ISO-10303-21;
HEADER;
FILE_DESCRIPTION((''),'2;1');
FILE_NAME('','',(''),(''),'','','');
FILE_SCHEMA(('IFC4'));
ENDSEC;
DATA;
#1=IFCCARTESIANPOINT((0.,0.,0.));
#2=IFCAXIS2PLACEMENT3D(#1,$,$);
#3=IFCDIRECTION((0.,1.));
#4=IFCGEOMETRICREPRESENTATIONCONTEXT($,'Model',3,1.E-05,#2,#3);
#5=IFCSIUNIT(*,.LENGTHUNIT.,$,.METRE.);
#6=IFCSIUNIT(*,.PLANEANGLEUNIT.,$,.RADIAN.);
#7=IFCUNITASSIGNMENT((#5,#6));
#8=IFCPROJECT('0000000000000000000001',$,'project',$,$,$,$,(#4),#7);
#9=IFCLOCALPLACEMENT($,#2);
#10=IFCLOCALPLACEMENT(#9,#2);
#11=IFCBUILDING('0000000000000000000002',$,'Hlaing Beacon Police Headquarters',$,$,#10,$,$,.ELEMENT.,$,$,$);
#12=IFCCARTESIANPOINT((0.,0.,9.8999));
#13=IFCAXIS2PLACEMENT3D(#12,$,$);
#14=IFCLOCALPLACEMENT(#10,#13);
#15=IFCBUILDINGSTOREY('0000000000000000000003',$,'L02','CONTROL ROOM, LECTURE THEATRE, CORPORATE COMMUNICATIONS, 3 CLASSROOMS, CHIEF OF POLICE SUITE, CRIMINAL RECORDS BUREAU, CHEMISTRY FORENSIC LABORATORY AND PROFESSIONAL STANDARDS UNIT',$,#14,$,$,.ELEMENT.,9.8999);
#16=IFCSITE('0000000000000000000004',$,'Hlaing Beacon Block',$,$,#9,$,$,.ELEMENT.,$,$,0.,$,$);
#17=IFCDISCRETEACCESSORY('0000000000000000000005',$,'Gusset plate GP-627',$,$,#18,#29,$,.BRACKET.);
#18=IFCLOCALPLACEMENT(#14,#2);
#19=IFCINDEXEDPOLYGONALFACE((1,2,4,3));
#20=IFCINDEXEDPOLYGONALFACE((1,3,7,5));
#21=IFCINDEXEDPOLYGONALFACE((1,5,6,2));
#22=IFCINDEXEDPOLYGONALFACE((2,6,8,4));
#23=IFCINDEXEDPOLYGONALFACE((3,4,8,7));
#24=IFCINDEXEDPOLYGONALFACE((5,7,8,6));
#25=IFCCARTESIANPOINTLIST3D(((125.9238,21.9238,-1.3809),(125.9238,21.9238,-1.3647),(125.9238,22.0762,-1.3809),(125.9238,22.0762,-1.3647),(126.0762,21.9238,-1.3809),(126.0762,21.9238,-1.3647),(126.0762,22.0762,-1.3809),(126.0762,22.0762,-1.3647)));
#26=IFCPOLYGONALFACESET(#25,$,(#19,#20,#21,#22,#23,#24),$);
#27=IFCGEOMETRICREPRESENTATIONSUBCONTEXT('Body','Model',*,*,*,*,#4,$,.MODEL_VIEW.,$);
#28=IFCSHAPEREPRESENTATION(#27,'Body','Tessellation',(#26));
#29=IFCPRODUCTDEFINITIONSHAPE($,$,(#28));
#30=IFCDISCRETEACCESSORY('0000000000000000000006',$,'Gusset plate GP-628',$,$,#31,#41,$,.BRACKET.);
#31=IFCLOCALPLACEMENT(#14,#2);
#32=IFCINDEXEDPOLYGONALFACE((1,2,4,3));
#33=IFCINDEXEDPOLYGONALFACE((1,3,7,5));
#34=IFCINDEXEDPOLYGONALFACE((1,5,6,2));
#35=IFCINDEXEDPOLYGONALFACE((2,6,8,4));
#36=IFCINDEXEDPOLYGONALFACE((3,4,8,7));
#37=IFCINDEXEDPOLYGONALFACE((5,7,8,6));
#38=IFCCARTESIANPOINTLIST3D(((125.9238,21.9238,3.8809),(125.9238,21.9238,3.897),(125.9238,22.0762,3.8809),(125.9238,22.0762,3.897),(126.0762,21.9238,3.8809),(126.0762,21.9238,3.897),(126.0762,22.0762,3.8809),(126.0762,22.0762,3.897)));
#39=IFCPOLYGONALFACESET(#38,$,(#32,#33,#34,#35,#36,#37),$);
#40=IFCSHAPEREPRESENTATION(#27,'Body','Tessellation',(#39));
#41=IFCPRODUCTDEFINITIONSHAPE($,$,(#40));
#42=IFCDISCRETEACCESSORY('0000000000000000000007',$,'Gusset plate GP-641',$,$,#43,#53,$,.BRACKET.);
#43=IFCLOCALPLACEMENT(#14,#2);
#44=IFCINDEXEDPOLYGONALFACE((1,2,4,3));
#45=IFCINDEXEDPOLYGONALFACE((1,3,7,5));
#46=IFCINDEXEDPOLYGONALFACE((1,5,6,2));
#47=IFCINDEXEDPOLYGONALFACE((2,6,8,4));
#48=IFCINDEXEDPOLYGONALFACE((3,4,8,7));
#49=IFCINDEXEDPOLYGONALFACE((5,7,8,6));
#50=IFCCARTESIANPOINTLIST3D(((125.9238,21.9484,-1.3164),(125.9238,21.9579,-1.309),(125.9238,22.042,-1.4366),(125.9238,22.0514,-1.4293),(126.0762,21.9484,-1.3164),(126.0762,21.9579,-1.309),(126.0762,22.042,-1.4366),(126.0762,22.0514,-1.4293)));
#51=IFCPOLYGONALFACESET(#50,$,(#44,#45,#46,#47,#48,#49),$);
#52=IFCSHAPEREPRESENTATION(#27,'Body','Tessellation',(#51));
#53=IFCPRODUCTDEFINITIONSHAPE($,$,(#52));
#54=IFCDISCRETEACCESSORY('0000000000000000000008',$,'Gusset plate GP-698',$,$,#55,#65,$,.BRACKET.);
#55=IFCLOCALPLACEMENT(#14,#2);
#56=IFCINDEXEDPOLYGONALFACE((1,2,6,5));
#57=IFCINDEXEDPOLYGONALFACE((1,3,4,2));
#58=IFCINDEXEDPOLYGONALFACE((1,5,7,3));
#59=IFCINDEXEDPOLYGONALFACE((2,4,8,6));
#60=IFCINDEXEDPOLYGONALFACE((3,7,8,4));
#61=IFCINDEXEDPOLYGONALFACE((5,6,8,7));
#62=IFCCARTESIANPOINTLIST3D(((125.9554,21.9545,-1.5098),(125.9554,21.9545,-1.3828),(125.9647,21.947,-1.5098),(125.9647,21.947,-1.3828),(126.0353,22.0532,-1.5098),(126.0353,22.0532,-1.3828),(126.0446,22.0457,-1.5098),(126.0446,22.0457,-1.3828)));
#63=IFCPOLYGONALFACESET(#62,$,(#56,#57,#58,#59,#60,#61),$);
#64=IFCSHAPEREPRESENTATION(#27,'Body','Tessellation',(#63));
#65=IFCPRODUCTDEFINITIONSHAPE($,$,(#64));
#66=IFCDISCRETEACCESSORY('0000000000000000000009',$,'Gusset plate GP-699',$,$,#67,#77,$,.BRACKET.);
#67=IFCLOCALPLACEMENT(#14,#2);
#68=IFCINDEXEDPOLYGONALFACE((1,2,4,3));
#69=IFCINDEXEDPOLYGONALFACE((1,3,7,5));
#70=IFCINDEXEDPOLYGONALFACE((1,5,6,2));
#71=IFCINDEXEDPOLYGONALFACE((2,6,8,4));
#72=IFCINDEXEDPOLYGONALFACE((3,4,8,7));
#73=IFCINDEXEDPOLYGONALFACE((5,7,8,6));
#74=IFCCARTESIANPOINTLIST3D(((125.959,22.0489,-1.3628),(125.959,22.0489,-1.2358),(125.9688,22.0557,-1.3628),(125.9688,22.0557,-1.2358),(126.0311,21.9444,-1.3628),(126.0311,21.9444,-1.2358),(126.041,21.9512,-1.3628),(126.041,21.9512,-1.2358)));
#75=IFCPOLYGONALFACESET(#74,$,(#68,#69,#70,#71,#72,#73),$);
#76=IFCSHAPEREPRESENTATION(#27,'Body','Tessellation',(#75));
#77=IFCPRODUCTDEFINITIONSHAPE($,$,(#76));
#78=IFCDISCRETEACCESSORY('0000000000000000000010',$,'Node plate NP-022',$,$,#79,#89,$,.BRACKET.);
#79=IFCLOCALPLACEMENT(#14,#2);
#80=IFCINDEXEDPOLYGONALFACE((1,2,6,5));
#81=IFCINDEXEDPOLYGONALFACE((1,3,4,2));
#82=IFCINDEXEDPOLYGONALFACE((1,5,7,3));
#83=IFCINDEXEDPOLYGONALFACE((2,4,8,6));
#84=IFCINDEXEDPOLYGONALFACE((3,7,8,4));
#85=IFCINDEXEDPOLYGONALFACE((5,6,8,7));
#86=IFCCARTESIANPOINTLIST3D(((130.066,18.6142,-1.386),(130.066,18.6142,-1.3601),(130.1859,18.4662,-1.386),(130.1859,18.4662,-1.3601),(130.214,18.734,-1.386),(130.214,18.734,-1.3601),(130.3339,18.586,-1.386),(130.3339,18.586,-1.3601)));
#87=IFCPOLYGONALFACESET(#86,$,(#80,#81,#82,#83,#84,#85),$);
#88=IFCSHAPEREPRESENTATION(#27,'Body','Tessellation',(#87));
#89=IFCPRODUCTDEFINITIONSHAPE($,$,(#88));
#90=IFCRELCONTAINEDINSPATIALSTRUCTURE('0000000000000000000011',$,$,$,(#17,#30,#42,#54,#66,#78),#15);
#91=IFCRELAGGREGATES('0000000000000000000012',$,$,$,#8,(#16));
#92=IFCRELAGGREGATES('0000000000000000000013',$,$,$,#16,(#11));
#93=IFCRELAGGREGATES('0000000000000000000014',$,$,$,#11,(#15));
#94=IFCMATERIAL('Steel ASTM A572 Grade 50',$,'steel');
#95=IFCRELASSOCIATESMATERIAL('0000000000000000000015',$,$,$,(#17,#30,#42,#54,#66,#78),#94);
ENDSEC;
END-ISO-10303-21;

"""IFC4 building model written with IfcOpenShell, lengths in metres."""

from ifc_helpers import new_model, si_unit, direction, frame, origin, origin_2d, place, context, subcontext, project, spatial, rectangle, extrude, material, element, save


model = new_model("IFC4")

# Units and contexts
model_context = context("Model", 3, precision=1e-05, world=origin(), true_north=direction((0.0, 1.0)))
body_context = subcontext(model_context, "Body", "Model", "MODEL_VIEW")
ifc_project = project(units=[si_unit("LENGTHUNIT", "METRE"), si_unit("PLANEANGLEUNIT", "RADIAN")], contexts=[model_context])

# Site, building, storey
site_placement = place(None, origin())
site = spatial("IfcSite", under=ifc_project, at=site_placement, Name="Hlaing Beacon Block", CompositionType="ELEMENT", RefElevation=0.0)
building_placement = place(site_placement, origin())
building = spatial("IfcBuilding", under=site, at=building_placement, Name="Hlaing Beacon Police Headquarters", CompositionType="ELEMENT")
storey_placement = place(building_placement, frame((0.0, 0.0, 9.8999)))
storey = spatial("IfcBuildingStorey", under=building, at=storey_placement, Name="L02", Description="CONTROL ROOM, LECTURE THEATRE, CORPORATE COMMUNICATIONS, 3 CLASSROOMS, CHIEF OF POLICE SUITE, CRIMINAL RECORDS BUREAU, CHEMISTRY FORENSIC LABORATORY AND PROFESSIONAL STANDARDS UNIT", CompositionType="ELEMENT", Elevation=9.8999)

# Discrete accessories
ifc_material_1 = material(Name="Steel ASTM A572 Grade 50", Category="steel")
for number, where, z_axis, x_axis, name in (
    (1, (126.0, 22.0, -1.3647), (0.0, 0.0, -1.0), (1.0, 0.0, 0.0), "Gusset plate GP-627"),
    (2, (126.0, 22.0, 3.8809), (0.0, 0.0, 1.0), (1.0, 0.0, 0.0), "Gusset plate GP-628"),
):
    element("IfcDiscreteAccessory", number, at=place(storey_placement, frame(where, z_axis=z_axis, x_axis=x_axis)), inside=storey, material=ifc_material_1, Name=name, PredefinedType="BRACKET", context=body_context, shape_type="SweptSolid", body=[
        extrude(rectangle(XDim=0.1523, YDim=0.1523, at=origin_2d()), origin(), (0.0, 0.0, 1.0), 0.0161),
    ])
discrete_accessory_1_placement = place(storey_placement, frame((126.0, 22.0046, -1.3691), z_axis=(0.0, -0.78927, -0.614046), x_axis=(1.0, 0.0, 0.0)))
element("IfcDiscreteAccessory", 3, at=discrete_accessory_1_placement, inside=storey, material=ifc_material_1, Name="Gusset plate GP-641", PredefinedType="BRACKET", context=body_context, shape_type="SweptSolid", body=[
    extrude(rectangle(XDim=0.1523, YDim=0.1523, at=origin_2d()), origin(), (0.0, 0.0, 1.0), 0.012),
])
for number, where, z_axis, x_axis, name in (
    (4, (126.0046, 21.9963, -1.4463), (-0.777239, 0.629205, 0.0), (-0.629205, -0.777239, 0.0), "Gusset plate GP-698"),
    (5, (126.0049, 22.0034, -1.2993), (-0.822892, -0.568198, 0.0), (0.568198, -0.822892, 0.0), "Gusset plate GP-699"),
):
    element("IfcDiscreteAccessory", number, at=place(storey_placement, frame(where, z_axis=z_axis, x_axis=x_axis)), inside=storey, material=ifc_material_1, Name=name, PredefinedType="BRACKET", context=body_context, shape_type="SweptSolid", body=[
        extrude(rectangle(XDim=0.127, YDim=0.127, at=origin_2d()), origin(), (0.0, 0.0, 1.0), 0.012),
    ])
discrete_accessory_2_placement = place(storey_placement, frame((130.2, 18.6001, -1.386), z_axis=(0.0, 0.0, 1.0), x_axis=(0.777245, 0.629198, 0.0)))
element("IfcDiscreteAccessory", 6, at=discrete_accessory_2_placement, inside=storey, material=ifc_material_1, Name="Node plate NP-022", PredefinedType="BRACKET", context=body_context, shape_type="SweptSolid", body=[
    extrude(rectangle(XDim=0.1904, YDim=0.1904, at=origin_2d()), origin(), (0.0, 0.0, 1.0), 0.0259),
])

save(model, "model.ifc")
